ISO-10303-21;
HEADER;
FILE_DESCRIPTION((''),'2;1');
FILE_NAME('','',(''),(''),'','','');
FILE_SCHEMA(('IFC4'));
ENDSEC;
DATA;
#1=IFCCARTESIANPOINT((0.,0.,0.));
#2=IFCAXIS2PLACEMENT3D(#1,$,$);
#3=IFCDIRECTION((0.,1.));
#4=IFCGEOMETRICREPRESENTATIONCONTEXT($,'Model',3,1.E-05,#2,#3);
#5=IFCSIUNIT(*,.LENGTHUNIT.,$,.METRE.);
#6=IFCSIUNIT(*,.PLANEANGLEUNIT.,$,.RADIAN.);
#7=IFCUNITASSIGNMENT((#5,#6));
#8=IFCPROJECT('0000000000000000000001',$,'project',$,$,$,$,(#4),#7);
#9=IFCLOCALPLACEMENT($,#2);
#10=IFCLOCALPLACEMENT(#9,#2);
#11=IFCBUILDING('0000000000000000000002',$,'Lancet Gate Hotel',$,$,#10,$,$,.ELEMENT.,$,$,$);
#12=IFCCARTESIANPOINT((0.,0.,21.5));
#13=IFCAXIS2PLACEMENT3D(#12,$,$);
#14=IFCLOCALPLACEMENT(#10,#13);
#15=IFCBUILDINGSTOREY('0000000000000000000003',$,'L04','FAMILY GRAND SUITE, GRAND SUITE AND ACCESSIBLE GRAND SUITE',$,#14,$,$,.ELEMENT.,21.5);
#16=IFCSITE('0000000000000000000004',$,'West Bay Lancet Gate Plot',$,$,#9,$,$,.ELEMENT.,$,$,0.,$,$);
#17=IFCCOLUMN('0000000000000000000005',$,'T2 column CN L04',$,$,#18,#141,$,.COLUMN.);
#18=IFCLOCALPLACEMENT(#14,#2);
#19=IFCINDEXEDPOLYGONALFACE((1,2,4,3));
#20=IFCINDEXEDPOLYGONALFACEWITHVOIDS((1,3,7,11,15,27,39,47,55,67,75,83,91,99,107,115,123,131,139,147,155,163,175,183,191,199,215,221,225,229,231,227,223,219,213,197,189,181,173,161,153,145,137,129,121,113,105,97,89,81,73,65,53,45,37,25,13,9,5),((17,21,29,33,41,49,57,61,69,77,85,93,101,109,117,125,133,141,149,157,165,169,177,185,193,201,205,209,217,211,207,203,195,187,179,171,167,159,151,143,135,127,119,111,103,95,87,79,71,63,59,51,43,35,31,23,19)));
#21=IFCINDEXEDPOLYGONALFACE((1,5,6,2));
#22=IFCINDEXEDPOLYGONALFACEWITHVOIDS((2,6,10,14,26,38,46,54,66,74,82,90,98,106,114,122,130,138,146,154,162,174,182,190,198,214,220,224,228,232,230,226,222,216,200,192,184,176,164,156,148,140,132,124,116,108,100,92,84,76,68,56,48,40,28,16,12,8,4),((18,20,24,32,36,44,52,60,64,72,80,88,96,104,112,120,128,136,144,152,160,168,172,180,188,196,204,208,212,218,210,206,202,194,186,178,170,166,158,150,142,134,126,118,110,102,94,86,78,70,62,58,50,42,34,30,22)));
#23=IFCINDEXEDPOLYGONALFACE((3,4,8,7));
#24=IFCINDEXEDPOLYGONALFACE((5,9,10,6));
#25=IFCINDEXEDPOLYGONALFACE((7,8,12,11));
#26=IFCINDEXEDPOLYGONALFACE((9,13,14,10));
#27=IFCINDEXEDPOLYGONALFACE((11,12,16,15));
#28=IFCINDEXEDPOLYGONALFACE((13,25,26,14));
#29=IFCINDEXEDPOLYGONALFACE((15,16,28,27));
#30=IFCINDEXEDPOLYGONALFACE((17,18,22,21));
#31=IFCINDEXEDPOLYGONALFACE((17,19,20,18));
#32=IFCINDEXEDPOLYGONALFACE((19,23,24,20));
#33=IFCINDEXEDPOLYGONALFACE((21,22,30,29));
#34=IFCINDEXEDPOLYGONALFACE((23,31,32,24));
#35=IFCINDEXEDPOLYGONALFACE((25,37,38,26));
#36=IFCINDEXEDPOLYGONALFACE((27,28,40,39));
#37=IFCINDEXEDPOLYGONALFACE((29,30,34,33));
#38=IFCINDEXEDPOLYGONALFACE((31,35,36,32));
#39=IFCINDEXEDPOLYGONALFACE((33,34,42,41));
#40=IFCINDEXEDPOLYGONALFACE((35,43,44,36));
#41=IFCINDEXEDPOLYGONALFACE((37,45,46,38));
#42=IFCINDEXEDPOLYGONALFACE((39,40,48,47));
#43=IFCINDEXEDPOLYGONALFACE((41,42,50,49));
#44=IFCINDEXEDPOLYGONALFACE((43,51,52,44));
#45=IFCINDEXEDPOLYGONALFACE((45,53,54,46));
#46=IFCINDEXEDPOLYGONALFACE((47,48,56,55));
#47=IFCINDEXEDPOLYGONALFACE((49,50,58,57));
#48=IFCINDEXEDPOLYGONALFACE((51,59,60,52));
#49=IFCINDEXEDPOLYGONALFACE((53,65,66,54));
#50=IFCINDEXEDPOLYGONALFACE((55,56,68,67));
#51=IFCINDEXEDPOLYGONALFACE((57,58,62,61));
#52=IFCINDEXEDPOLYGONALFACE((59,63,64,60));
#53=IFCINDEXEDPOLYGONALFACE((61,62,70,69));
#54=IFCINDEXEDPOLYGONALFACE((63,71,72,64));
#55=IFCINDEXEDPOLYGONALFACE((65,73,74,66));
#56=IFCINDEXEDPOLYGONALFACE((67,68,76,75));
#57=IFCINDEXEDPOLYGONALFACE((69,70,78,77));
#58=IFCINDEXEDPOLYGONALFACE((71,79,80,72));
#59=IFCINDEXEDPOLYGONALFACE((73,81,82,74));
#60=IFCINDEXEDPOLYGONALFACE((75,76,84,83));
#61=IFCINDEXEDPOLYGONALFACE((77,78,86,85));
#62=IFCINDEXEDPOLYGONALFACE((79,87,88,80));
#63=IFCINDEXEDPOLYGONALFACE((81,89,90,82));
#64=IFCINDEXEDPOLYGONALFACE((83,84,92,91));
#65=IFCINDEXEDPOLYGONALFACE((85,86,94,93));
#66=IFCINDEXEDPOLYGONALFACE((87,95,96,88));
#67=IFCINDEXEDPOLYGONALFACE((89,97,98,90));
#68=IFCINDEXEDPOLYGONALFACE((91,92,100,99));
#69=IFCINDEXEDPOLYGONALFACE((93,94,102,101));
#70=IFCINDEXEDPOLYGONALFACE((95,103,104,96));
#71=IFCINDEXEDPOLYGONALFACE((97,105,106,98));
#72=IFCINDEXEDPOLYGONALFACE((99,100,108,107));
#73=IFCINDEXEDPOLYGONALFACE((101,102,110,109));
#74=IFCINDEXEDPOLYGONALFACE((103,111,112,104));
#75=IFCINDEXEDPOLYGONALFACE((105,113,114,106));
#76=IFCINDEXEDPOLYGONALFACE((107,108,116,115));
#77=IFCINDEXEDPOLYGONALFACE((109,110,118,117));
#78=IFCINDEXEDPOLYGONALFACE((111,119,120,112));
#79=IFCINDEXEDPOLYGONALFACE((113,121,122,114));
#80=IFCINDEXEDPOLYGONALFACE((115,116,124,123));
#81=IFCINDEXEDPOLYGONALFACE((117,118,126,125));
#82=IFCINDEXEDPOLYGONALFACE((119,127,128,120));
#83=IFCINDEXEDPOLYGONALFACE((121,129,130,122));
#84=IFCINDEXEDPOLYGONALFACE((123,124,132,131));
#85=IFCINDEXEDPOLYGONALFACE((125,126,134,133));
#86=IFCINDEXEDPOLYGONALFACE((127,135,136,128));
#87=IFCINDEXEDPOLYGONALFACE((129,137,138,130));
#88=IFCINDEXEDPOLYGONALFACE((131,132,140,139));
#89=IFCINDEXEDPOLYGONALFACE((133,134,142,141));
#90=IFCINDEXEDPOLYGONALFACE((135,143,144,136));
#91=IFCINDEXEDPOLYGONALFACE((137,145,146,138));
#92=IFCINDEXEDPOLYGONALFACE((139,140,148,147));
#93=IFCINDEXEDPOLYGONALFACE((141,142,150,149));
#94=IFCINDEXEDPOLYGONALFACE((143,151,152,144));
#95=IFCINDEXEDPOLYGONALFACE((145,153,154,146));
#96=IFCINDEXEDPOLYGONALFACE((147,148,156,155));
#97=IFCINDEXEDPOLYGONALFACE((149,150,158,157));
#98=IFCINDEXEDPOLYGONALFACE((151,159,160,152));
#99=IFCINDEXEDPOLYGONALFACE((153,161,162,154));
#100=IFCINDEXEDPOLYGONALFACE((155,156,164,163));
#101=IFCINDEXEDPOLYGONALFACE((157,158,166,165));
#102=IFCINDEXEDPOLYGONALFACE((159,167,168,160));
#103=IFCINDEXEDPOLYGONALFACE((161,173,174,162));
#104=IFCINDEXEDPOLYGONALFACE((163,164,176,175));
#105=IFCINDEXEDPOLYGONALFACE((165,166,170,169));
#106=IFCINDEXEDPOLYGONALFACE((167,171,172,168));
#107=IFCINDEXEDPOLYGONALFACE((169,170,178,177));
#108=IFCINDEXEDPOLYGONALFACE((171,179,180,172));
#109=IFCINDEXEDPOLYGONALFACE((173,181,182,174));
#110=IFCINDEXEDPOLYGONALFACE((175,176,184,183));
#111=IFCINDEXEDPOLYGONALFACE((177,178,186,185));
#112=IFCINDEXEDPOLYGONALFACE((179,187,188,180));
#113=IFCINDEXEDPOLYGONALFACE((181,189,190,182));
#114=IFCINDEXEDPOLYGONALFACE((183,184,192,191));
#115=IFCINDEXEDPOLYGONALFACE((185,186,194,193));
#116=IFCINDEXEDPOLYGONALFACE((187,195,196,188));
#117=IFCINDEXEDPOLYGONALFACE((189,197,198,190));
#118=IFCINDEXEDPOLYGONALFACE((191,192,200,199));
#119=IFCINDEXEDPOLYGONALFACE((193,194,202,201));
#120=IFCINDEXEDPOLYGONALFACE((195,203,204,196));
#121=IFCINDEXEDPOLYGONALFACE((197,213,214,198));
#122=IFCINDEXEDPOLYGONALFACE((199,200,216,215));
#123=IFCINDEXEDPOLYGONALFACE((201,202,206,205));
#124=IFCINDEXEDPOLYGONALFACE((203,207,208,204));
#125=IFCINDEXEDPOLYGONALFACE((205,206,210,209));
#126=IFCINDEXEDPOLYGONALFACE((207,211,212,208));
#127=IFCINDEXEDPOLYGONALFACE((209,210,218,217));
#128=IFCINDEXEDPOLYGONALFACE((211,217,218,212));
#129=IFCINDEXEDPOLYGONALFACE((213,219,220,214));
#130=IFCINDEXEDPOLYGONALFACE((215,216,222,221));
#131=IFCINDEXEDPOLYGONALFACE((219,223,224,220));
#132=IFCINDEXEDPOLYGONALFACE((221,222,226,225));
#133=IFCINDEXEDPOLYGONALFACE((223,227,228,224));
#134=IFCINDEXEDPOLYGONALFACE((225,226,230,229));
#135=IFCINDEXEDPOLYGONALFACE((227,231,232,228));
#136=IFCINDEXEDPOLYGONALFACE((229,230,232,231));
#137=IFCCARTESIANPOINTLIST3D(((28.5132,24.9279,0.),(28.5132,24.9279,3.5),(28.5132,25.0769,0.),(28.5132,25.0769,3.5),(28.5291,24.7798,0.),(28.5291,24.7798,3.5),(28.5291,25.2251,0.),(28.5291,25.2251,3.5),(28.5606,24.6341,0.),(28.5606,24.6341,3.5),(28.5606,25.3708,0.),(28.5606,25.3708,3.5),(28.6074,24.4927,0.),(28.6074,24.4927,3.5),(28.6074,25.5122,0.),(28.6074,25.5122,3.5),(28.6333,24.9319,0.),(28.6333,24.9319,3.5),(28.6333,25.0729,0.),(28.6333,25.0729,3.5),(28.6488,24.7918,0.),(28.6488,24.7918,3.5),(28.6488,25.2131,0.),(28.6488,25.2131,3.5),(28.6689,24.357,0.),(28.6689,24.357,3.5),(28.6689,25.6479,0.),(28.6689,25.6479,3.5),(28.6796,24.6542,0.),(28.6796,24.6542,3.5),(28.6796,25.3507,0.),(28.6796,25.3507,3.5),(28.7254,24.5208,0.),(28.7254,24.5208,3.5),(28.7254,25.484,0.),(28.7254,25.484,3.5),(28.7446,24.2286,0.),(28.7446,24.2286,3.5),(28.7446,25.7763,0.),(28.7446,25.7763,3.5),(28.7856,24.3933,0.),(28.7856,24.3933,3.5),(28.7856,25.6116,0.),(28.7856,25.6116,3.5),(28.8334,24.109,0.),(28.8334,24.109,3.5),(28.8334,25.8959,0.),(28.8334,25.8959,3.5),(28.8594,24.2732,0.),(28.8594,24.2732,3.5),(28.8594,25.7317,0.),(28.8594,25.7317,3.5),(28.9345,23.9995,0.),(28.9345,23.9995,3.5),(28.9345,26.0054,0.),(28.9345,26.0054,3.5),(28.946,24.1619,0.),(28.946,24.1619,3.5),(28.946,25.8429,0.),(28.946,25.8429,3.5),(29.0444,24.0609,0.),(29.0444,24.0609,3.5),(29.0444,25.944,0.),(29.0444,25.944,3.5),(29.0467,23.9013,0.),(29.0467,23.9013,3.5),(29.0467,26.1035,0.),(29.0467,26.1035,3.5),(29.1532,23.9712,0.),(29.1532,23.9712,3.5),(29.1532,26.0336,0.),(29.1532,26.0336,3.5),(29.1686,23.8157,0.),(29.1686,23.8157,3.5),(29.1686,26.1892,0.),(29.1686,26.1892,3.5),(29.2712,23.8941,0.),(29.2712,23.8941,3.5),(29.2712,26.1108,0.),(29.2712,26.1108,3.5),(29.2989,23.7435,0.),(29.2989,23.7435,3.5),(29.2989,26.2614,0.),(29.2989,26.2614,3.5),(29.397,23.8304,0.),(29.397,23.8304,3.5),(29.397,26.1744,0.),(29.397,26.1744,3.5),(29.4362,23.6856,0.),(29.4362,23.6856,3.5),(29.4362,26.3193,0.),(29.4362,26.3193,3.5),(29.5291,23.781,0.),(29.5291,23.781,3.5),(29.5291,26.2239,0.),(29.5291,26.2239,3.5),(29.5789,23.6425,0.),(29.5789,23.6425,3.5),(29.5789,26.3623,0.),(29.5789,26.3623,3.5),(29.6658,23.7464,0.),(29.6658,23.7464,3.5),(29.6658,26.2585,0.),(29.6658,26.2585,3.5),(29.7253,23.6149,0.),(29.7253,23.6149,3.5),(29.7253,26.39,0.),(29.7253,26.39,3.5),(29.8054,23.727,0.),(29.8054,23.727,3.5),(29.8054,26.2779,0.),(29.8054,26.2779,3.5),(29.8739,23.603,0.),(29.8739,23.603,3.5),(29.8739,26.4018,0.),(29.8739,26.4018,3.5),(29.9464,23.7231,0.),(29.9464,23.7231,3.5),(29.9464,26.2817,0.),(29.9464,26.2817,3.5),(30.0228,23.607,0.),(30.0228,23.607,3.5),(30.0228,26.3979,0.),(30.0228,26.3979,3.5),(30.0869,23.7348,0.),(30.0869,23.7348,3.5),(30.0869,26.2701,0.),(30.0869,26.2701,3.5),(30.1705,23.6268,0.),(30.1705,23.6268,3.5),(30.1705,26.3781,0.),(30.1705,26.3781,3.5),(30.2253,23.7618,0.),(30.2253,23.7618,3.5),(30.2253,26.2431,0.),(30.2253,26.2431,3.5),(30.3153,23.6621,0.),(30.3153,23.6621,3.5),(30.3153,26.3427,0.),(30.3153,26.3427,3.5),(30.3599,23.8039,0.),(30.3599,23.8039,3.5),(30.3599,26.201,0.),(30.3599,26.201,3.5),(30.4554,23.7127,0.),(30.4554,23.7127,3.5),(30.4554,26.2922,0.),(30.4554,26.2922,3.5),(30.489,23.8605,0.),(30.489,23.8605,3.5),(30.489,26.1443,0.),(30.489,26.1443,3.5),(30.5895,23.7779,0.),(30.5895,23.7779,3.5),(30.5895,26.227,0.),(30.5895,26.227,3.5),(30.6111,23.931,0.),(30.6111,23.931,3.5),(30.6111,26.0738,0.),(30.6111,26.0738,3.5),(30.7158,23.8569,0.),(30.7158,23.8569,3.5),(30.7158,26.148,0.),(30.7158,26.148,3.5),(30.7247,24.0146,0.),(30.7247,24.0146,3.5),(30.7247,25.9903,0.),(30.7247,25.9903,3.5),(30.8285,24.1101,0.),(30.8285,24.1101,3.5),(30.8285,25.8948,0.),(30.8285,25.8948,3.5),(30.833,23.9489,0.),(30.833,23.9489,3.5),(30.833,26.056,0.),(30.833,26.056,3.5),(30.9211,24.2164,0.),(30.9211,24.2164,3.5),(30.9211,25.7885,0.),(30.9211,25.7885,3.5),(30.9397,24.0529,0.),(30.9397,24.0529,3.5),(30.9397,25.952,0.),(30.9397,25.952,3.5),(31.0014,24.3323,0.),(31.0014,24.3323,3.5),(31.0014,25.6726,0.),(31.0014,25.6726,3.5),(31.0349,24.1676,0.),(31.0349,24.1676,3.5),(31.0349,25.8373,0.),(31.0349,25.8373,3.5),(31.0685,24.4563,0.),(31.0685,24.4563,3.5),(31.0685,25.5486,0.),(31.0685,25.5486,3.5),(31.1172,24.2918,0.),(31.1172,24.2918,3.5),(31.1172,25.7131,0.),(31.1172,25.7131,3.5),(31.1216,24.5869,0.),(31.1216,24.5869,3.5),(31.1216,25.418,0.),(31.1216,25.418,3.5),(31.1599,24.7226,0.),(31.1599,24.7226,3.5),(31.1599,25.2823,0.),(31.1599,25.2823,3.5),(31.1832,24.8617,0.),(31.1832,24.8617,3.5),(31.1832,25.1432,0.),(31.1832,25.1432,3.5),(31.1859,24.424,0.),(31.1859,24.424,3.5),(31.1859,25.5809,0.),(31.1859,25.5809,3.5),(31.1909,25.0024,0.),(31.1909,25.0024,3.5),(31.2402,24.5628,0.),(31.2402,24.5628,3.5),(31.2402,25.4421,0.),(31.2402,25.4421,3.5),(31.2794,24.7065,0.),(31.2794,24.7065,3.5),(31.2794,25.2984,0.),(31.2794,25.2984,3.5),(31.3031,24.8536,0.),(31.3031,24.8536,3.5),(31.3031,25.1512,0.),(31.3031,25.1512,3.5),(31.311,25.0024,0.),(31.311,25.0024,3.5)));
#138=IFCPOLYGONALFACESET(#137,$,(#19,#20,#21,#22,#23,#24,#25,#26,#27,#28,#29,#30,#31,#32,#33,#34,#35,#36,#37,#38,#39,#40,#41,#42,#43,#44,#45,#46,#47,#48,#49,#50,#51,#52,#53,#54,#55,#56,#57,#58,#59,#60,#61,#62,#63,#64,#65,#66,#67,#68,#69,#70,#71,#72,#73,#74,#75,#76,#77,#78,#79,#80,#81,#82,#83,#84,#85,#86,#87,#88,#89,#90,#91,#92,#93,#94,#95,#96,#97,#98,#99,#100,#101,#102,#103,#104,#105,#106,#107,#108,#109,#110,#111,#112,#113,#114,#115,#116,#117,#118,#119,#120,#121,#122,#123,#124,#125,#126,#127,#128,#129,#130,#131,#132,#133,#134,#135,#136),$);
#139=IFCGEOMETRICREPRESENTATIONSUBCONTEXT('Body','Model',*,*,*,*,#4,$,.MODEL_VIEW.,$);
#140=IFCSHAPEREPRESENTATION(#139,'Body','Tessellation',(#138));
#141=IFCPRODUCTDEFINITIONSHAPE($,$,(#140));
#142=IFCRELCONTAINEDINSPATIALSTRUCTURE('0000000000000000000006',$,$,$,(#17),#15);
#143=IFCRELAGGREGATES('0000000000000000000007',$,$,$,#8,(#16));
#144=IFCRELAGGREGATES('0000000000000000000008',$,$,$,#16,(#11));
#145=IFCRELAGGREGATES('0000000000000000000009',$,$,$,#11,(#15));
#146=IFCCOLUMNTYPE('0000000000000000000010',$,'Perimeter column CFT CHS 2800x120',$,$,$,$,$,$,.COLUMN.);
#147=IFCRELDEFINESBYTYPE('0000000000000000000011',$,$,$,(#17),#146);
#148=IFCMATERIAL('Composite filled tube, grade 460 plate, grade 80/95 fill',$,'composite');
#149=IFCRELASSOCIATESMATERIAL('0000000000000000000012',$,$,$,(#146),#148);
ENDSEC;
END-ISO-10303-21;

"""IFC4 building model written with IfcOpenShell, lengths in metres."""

from ifc_helpers import new_model, si_unit, direction, frame, origin, origin_2d, place, context, subcontext, project, spatial, hollow_circle, extrude, material, material_profile, profile_set, type_object, element, save


model = new_model("IFC4")

# Units and contexts
model_context = context("Model", 3, precision=1e-05, world=origin(), true_north=direction((0.0, 1.0)))
body_context = subcontext(model_context, "Body", "Model", "MODEL_VIEW")
ifc_project = project(units=[si_unit("LENGTHUNIT", "METRE"), si_unit("PLANEANGLEUNIT", "RADIAN")], contexts=[model_context])

# Site, building, storey
site_placement = place(None, origin())
site = spatial("IfcSite", under=ifc_project, at=site_placement, Name="West Bay Lancet Gate Plot", CompositionType="ELEMENT", RefElevation=0.0)
building_placement = place(site_placement, origin())
building = spatial("IfcBuilding", under=site, at=building_placement, Name="Lancet Gate Hotel", CompositionType="ELEMENT")
storey_placement = place(building_placement, frame((0.0, 0.0, 21.5)))
storey = spatial("IfcBuildingStorey", under=building, at=storey_placement, Name="L04", Description="FAMILY GRAND SUITE, GRAND SUITE AND ACCESSIBLE GRAND SUITE", CompositionType="ELEMENT", Elevation=21.5)

# Column
ifc_material_1 = material(Name="Composite filled tube, grade 460 plate, grade 80/95 fill", Category="composite")
ifc_material_profile_1 = material_profile(ifc_material_1, hollow_circle(Radius=1.3999, WallThickness=0.1201, at=origin_2d()), Name="CHS 2800x120")
ifc_profile_set_1 = profile_set([ifc_material_profile_1], Name="Composite filled tube, grade 460 plate, grade 80/95 fill")
column_type = type_object("IfcColumnType", Name="Perimeter column CFT CHS 2800x120", PredefinedType="COLUMN", material=ifc_profile_set_1)
for number, where, z_axis, x_axis, name in (
    (1, (29.9111, 25.0024, 0.0), (0.0, 0.0, 1.0), (1.0, 0.0, 0.0), "T2 column CN L04"),
):
    element("IfcColumn", number, at=place(storey_placement, frame(where, z_axis=z_axis, x_axis=x_axis)), inside=storey, type_object=column_type, Name=name, PredefinedType="COLUMN", context=body_context, shape_type="SweptSolid", body=[
        extrude(hollow_circle(Radius=1.3999, WallThickness=0.1201, at=origin_2d()), origin(), (0.0, 0.0, 1.0), 3.5),
    ])

save(model, "model.ifc")
